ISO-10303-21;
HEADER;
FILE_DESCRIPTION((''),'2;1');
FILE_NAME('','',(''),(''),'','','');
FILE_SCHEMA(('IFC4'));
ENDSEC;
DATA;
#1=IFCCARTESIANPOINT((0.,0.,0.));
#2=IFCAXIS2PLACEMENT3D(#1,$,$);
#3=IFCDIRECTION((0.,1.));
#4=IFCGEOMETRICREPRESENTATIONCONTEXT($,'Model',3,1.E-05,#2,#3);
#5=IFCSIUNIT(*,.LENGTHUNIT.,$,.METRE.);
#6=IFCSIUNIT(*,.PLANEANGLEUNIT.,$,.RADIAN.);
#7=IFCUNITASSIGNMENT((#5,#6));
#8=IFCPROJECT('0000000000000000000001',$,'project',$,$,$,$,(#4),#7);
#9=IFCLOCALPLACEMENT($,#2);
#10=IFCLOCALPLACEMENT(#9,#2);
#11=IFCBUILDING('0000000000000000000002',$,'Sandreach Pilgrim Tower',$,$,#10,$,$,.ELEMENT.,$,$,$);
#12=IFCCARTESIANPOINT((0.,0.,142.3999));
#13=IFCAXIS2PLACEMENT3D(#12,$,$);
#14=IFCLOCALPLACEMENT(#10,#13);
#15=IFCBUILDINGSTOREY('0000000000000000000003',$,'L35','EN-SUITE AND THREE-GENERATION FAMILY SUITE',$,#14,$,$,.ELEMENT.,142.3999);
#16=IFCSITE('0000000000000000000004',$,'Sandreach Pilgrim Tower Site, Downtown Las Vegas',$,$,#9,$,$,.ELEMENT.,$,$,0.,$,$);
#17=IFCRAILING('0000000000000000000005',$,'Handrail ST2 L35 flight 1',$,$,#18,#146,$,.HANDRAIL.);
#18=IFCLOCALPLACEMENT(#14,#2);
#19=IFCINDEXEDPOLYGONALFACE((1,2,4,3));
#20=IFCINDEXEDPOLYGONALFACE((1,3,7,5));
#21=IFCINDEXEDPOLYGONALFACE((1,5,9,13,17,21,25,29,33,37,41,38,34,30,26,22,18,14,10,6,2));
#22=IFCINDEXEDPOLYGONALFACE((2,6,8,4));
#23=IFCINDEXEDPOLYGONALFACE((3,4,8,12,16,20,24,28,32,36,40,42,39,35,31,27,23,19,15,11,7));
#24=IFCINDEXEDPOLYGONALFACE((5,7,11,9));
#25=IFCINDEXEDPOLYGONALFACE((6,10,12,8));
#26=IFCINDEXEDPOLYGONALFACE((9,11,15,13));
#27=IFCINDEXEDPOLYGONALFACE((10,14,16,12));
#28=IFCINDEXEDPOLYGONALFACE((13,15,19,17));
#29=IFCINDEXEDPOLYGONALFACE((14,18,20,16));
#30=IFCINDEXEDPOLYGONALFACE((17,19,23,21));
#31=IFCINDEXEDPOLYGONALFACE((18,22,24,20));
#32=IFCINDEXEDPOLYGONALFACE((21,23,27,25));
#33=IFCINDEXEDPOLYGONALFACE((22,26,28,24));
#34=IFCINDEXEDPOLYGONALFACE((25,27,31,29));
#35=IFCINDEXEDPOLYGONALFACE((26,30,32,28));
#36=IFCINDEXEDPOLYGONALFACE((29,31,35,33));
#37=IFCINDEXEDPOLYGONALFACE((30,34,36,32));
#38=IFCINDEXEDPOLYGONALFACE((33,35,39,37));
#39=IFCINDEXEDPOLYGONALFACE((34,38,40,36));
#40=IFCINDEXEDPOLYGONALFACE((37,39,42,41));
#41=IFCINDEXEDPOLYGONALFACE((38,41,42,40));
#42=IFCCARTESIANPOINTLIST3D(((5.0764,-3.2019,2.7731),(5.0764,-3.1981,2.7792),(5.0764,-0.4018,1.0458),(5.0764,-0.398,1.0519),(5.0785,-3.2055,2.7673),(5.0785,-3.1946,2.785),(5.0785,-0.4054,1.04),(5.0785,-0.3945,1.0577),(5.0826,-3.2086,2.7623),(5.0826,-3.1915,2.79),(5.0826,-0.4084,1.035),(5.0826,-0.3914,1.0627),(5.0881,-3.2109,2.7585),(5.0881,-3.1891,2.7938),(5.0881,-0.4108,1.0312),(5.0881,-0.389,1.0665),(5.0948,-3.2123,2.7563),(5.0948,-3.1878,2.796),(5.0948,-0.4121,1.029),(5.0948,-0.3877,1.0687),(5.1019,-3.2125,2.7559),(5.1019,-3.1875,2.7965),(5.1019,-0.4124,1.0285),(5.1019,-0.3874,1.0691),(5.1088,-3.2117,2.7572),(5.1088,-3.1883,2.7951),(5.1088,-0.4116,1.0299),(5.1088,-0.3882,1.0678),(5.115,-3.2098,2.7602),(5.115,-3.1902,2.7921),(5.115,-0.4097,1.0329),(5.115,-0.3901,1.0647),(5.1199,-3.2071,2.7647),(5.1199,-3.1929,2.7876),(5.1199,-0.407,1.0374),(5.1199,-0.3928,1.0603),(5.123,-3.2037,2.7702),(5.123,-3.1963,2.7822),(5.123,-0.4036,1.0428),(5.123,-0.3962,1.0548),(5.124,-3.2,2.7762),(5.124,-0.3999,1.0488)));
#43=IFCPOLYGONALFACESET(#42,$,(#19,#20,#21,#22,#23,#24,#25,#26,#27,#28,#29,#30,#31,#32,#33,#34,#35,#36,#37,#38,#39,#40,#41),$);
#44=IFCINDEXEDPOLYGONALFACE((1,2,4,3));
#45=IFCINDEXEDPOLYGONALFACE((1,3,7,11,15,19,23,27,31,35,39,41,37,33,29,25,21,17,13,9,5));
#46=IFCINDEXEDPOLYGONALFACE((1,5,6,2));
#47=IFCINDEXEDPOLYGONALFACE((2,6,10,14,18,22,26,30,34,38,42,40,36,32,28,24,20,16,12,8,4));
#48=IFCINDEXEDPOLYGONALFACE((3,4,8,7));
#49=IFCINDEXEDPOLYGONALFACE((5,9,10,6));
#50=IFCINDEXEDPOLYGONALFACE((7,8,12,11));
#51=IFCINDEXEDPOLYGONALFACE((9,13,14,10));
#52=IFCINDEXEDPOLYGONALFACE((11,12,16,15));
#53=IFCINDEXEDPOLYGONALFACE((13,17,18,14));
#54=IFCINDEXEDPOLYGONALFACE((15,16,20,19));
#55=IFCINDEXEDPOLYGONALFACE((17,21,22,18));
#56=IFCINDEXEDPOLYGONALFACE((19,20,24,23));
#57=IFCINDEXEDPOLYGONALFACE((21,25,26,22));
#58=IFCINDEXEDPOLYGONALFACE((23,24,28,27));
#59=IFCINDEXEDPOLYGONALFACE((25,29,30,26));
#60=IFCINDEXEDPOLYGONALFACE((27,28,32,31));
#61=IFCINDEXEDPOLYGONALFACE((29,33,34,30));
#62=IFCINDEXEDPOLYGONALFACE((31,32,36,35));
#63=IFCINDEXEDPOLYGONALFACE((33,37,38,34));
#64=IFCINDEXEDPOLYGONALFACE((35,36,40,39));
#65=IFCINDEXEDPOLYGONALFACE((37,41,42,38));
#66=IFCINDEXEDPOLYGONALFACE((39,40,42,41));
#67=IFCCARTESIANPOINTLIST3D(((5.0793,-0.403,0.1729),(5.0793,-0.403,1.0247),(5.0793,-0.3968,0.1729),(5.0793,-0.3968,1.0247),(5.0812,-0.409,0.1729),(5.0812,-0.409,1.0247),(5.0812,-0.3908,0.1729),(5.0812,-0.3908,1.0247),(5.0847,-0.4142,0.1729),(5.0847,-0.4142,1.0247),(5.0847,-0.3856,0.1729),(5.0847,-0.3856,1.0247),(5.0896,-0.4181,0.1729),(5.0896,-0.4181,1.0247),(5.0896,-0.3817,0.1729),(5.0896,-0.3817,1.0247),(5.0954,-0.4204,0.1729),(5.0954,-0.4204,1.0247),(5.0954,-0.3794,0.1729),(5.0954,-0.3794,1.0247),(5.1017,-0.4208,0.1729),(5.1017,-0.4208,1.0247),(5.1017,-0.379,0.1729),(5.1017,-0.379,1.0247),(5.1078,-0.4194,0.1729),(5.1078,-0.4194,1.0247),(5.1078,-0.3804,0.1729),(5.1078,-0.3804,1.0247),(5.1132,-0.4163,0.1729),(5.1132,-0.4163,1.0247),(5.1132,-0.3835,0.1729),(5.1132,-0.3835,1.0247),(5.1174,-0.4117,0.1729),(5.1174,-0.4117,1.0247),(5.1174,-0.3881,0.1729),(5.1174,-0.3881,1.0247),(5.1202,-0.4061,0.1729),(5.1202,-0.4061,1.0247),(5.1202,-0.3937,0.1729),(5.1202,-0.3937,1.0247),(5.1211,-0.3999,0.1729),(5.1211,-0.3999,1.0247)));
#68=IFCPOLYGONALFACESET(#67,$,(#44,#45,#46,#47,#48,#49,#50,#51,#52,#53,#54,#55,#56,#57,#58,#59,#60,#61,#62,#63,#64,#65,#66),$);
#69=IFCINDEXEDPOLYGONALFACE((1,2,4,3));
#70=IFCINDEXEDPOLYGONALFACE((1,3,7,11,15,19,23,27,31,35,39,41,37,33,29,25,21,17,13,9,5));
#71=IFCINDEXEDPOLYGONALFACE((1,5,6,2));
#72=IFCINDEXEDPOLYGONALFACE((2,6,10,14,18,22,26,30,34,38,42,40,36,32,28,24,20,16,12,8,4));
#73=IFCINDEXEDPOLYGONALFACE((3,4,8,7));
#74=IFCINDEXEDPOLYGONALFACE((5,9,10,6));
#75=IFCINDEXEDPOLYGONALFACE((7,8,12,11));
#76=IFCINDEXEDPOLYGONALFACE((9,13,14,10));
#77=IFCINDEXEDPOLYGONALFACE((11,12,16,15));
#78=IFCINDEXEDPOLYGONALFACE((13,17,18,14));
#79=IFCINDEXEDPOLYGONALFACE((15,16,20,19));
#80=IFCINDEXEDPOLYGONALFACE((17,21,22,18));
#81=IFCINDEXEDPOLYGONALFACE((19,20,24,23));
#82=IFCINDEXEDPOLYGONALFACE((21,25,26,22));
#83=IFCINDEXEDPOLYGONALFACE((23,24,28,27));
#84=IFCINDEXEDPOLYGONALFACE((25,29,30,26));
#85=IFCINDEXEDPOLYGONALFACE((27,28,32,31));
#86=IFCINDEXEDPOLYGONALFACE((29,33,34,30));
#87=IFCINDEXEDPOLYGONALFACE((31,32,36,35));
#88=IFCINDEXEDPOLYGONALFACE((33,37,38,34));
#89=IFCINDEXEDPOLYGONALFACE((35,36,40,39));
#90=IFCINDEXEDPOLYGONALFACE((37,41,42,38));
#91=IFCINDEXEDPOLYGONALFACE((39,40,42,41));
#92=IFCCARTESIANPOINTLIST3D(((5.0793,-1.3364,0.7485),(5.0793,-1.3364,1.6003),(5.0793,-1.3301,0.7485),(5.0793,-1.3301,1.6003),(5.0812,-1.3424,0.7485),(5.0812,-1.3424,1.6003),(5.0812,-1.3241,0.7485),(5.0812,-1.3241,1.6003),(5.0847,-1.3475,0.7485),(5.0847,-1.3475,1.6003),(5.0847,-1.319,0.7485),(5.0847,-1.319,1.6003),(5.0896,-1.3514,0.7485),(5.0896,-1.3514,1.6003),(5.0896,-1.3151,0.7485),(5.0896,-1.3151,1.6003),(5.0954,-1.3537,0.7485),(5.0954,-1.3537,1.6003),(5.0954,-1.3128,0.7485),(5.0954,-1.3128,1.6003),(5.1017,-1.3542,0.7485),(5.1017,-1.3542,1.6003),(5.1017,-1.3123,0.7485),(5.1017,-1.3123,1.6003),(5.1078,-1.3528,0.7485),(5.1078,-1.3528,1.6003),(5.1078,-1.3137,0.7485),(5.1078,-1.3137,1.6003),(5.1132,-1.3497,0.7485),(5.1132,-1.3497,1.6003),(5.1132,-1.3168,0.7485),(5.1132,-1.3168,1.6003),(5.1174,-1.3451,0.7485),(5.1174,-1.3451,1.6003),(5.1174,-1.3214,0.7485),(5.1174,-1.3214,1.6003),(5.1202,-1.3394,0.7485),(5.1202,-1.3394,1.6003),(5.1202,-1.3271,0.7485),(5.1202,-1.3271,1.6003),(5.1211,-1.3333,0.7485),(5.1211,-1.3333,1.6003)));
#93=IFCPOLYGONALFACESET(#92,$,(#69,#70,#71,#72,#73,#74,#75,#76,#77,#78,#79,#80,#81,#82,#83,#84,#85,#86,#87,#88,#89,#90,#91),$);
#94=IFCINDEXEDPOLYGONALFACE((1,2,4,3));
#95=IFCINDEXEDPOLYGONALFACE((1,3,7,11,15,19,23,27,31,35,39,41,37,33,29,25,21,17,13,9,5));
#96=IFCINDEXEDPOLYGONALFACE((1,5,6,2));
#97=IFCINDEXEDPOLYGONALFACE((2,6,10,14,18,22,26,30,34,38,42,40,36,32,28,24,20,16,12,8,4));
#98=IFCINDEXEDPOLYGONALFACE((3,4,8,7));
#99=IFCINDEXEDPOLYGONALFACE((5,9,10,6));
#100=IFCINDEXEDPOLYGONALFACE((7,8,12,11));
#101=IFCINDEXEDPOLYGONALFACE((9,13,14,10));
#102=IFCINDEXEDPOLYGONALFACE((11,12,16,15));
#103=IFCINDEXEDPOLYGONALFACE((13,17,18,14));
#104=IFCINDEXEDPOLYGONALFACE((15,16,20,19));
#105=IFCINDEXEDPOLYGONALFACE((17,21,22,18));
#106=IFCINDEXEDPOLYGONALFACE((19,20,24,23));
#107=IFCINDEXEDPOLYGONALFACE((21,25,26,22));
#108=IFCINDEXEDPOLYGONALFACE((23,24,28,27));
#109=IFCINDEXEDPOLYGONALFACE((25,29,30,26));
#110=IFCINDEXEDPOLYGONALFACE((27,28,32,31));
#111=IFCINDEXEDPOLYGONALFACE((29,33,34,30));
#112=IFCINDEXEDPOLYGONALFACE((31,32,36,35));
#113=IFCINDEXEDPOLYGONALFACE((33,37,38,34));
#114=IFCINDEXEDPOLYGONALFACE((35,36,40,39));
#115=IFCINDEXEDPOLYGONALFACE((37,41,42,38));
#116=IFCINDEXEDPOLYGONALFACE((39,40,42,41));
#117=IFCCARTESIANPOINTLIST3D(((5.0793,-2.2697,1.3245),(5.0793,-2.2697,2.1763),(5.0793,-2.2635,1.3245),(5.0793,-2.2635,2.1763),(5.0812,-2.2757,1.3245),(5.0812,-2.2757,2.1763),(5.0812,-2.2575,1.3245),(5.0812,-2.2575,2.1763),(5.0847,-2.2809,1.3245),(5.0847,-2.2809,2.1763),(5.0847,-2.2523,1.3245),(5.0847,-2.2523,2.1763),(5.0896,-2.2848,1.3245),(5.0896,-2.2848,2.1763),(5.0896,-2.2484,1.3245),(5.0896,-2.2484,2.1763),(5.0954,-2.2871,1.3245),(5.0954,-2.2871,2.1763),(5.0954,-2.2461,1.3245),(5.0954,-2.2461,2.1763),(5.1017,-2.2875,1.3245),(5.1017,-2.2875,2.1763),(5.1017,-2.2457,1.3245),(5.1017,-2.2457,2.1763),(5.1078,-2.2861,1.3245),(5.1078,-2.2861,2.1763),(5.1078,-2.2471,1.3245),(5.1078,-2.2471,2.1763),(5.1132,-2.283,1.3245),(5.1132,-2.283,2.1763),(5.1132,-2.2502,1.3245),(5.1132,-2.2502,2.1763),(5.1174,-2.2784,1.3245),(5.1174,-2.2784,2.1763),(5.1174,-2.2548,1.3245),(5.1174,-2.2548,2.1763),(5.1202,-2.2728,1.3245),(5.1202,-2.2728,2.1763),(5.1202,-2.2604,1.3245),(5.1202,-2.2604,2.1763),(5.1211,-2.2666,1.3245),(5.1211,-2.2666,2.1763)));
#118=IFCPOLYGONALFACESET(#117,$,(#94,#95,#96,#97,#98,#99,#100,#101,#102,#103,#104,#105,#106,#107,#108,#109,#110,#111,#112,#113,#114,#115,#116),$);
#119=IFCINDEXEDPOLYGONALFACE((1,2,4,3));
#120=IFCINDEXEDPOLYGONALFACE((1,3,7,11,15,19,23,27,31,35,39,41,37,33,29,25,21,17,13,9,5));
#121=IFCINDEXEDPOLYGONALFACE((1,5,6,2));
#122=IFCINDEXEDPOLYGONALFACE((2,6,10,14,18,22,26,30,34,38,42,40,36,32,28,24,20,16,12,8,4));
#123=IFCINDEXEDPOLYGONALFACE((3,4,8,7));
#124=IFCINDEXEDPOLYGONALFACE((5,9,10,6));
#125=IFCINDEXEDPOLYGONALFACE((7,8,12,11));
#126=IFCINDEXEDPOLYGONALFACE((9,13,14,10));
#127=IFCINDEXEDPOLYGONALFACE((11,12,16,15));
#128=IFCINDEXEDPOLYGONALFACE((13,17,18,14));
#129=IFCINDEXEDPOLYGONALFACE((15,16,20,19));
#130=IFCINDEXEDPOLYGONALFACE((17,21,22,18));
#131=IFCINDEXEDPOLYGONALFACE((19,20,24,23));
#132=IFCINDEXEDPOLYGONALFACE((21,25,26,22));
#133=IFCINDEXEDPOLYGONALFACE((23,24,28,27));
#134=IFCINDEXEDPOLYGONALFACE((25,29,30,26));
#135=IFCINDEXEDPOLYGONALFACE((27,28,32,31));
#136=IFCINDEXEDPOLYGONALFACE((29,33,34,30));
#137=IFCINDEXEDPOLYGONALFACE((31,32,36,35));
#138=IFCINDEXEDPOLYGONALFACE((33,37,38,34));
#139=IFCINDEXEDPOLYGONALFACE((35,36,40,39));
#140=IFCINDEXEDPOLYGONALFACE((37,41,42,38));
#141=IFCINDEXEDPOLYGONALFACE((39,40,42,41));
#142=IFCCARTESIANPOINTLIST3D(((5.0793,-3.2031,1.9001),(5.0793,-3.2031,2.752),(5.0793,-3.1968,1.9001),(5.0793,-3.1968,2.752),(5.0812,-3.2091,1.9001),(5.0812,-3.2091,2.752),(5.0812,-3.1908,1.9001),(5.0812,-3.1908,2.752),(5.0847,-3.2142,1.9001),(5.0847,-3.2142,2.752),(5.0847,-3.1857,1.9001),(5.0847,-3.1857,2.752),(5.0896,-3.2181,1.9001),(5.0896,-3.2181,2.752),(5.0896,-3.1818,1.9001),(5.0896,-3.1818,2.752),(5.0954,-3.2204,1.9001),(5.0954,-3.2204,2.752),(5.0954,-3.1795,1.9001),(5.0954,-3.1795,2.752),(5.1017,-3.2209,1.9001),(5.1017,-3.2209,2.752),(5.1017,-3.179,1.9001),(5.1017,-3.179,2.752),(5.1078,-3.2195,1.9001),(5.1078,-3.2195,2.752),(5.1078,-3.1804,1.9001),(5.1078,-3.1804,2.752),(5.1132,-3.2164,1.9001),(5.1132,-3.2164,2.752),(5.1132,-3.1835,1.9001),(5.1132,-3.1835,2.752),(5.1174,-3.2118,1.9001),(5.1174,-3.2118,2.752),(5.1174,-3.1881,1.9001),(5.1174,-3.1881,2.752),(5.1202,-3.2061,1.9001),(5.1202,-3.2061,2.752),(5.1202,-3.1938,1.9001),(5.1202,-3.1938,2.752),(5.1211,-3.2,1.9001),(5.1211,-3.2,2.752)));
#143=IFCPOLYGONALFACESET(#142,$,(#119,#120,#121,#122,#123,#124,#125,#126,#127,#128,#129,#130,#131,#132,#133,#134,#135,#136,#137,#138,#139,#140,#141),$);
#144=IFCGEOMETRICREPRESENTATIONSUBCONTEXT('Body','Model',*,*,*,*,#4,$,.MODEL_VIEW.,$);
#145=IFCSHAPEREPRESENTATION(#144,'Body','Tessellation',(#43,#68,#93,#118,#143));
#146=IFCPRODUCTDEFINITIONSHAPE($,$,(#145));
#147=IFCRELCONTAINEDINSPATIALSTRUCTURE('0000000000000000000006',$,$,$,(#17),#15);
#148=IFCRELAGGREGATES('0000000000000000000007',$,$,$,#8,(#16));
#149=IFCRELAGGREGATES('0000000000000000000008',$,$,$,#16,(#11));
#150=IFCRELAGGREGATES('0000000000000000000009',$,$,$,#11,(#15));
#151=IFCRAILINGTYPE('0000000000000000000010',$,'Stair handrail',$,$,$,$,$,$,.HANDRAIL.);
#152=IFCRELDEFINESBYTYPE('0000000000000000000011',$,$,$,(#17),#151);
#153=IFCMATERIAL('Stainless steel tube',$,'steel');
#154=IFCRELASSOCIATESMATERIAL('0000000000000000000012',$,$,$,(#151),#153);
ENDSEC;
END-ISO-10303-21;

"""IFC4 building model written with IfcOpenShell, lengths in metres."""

from ifc_helpers import new_model, si_unit, direction, frame, origin, origin_2d, place, context, subcontext, project, spatial, circle, extrude, material, type_object, element, save


model = new_model("IFC4")

# Units and contexts
model_context = context("Model", 3, precision=1e-05, world=origin(), true_north=direction((0.0, 1.0)))
body_context = subcontext(model_context, "Body", "Model", "MODEL_VIEW")
ifc_project = project(units=[si_unit("LENGTHUNIT", "METRE"), si_unit("PLANEANGLEUNIT", "RADIAN")], contexts=[model_context])

# Site, building, storey
site_placement = place(None, origin())
site = spatial("IfcSite", under=ifc_project, at=site_placement, Name="Sandreach Pilgrim Tower Site, Downtown Las Vegas", CompositionType="ELEMENT", RefElevation=0.0)
building_placement = place(site_placement, origin())
building = spatial("IfcBuilding", under=site, at=building_placement, Name="Sandreach Pilgrim Tower", CompositionType="ELEMENT")
storey_placement = place(building_placement, frame((0.0, 0.0, 142.3999)))
storey = spatial("IfcBuildingStorey", under=building, at=storey_placement, Name="L35", Description="EN-SUITE AND THREE-GENERATION FAMILY SUITE", CompositionType="ELEMENT", Elevation=142.3999)

# Railing
ifc_material_1 = material(Name="Stainless steel tube", Category="steel")
railing_type = type_object("IfcRailingType", Name="Stair handrail", PredefinedType="HANDRAIL", material=ifc_material_1)
for number, where, name in (
    (1, (5.1001, -0.3999, 0.1729), "Handrail ST2 L35 flight 1"),
):
    element("IfcRailing", number, at=place(storey_placement, frame(where)), inside=storey, type_object=railing_type, Name=name, PredefinedType="HANDRAIL", context=body_context, shape_type="SweptSolid", body=[
        extrude(circle(Radius=0.0239, at=origin_2d()), frame((0.0, 0.0, 0.876), z_axis=(0.0, -0.85109, 0.52502), x_axis=(1.0, 0.0, 0.0)), (0.0, 0.0, 1.0), 3.29),
        extrude(circle(Radius=0.021, at=origin_2d()), origin(), (0.0, 0.0, 1.0), 0.8518),
        extrude(circle(Radius=0.021, at=origin_2d()), frame((0.0, -0.9333, 0.5757)), (0.0, 0.0, 1.0), 0.8518),
        extrude(circle(Radius=0.021, at=origin_2d()), frame((0.0, -1.8667, 1.1516)), (0.0, 0.0, 1.0), 0.8518),
        extrude(circle(Radius=0.021, at=origin_2d()), frame((0.0, -2.8, 1.7273)), (0.0, 0.0, 1.0), 0.8518),
    ])

save(model, "model.ifc")
